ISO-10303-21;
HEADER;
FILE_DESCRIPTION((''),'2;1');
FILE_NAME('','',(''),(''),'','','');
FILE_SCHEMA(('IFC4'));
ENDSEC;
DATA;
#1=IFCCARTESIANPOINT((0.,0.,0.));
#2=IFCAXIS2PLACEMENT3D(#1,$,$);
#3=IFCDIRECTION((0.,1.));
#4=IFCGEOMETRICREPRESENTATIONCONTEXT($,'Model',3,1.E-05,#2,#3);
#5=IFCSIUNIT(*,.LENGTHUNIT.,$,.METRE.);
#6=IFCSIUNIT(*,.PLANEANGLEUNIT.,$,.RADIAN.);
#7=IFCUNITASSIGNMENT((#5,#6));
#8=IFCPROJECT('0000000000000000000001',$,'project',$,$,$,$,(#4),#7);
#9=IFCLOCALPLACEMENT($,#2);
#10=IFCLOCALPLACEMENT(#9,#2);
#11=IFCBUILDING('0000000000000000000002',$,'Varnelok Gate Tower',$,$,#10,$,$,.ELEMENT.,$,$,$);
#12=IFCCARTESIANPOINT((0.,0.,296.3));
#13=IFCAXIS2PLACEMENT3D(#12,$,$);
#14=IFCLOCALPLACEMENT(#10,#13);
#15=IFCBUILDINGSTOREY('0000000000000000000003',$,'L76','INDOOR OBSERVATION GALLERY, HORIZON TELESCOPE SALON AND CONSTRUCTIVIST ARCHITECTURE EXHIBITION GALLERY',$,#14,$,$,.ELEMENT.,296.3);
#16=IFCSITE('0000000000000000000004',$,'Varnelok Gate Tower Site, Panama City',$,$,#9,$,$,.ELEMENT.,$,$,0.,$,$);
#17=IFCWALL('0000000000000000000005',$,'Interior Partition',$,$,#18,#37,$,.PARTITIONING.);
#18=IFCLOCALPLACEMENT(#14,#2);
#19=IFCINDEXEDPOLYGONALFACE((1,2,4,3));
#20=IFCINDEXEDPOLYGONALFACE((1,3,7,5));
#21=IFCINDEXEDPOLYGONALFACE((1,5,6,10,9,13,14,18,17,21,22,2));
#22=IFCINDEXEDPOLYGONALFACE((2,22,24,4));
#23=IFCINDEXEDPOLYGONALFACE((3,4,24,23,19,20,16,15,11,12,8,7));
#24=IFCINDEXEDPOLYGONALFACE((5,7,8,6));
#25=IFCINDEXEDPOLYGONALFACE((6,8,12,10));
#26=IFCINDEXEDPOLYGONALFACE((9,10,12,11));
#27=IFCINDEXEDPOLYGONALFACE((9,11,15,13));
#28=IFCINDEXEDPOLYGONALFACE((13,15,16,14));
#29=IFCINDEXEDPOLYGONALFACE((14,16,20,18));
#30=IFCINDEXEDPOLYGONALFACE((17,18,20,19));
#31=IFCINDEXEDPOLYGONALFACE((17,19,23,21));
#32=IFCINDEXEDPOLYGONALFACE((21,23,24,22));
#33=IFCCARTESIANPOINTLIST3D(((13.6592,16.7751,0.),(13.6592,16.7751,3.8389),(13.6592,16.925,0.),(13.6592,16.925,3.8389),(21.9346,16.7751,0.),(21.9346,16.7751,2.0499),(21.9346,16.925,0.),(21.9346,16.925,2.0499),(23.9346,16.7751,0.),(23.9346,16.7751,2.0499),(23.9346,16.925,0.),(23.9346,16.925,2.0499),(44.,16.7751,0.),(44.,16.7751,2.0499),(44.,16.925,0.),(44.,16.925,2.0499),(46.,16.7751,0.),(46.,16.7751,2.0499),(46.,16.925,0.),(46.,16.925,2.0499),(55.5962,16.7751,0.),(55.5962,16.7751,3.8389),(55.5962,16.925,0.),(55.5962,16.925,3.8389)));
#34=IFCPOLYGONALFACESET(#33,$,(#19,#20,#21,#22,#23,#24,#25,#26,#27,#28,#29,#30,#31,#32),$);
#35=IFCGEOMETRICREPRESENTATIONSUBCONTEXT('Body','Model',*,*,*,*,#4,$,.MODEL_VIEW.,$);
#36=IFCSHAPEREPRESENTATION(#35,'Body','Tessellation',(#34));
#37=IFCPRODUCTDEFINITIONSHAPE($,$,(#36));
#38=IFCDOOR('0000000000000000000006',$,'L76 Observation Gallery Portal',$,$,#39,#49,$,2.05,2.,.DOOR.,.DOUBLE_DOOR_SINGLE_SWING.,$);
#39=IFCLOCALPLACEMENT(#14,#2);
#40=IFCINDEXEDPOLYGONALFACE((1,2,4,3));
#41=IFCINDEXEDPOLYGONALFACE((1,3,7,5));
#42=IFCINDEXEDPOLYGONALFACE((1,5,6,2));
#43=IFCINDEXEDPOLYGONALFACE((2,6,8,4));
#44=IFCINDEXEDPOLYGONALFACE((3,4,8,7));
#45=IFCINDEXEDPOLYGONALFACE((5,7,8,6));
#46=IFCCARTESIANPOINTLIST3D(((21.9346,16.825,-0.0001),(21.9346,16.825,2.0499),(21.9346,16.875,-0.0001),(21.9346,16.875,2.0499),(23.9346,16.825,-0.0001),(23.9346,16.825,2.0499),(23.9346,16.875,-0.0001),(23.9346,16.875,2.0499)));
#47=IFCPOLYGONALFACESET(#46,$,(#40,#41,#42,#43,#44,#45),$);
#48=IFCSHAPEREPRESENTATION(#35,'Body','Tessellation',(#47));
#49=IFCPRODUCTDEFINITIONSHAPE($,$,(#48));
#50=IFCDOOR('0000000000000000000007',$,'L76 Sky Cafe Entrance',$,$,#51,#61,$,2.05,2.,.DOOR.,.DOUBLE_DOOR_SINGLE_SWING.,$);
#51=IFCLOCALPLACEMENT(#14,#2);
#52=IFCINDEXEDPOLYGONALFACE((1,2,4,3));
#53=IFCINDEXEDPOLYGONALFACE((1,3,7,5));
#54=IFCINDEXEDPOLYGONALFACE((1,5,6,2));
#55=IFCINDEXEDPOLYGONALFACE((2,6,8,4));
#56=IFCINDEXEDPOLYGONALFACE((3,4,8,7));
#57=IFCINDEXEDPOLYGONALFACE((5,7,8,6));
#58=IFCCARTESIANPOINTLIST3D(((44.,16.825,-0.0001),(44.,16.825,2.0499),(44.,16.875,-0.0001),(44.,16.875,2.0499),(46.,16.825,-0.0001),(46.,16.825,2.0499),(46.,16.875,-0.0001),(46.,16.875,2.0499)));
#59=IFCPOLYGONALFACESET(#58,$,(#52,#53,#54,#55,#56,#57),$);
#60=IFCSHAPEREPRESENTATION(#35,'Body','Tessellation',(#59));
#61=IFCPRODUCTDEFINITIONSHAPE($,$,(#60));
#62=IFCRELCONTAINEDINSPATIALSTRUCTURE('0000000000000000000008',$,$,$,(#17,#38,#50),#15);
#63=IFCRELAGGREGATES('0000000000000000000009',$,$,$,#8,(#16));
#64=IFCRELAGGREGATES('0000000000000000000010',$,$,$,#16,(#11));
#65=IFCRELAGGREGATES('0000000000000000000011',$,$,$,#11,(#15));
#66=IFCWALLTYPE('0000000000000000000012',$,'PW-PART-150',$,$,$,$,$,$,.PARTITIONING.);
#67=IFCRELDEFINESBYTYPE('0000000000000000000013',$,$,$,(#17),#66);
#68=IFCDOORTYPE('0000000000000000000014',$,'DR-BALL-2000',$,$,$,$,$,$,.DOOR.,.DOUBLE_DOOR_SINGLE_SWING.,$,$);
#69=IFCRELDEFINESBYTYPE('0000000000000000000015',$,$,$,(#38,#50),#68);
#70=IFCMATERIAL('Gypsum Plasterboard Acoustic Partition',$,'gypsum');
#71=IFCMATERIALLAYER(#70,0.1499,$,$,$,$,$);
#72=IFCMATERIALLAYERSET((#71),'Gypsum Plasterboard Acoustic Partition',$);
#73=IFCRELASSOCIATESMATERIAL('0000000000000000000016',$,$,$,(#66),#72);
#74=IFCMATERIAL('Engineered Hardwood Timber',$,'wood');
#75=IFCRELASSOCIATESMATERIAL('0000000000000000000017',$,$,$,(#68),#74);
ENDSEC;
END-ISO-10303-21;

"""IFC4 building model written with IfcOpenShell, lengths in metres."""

from ifc_helpers import new_model, si_unit, direction, frame, frame_2d, origin, place, context, subcontext, project, spatial, rectangle, extrude, material, layer, layer_set, type_object, element, fill, save


model = new_model("IFC4")

# Units and contexts
model_context = context("Model", 3, precision=1e-05, world=origin(), true_north=direction((0.0, 1.0)))
body_context = subcontext(model_context, "Body", "Model", "MODEL_VIEW")
ifc_project = project(units=[si_unit("LENGTHUNIT", "METRE"), si_unit("PLANEANGLEUNIT", "RADIAN")], contexts=[model_context])

# Site, building, storey
site_placement = place(None, origin())
site = spatial("IfcSite", under=ifc_project, at=site_placement, Name="Varnelok Gate Tower Site, Panama City", CompositionType="ELEMENT", RefElevation=0.0)
building_placement = place(site_placement, origin())
building = spatial("IfcBuilding", under=site, at=building_placement, Name="Varnelok Gate Tower", CompositionType="ELEMENT")
storey_placement = place(building_placement, frame((0.0, 0.0, 296.3)))
storey = spatial("IfcBuildingStorey", under=building, at=storey_placement, Name="L76", Description="INDOOR OBSERVATION GALLERY, HORIZON TELESCOPE SALON AND CONSTRUCTIVIST ARCHITECTURE EXHIBITION GALLERY", CompositionType="ELEMENT", Elevation=296.3)

# Wall, openings, doors
ifc_material_1 = material(Name="Gypsum Plasterboard Acoustic Partition", Category="gypsum")
ifc_layer_1 = layer(ifc_material_1, 0.1499)
ifc_layer_set_1 = layer_set([ifc_layer_1], Name="Gypsum Plasterboard Acoustic Partition")
wall_type = type_object("IfcWallType", Name="PW-PART-150", PredefinedType="PARTITIONING", material=ifc_layer_set_1)
wall_placement = place(storey_placement, frame((13.6592, 16.8501, 0.0), z_axis=(0.0, 0.0, 1.0), x_axis=(1.0, 0.0, 0.0)))
wall = element("IfcWall", 1, at=wall_placement, inside=storey, type_object=wall_type, Name="Interior Partition", PredefinedType="PARTITIONING", context=body_context, shape_type="SweptSolid", body=[
    extrude(rectangle(XDim=41.937, YDim=0.1499, at=frame_2d((20.9685, 0.0))), origin(), (0.0, 0.0, 1.0), 3.8389),
])
opening_1_placement = place(wall_placement, frame((8.2754, 0.0, 0.0)))
opening_1 = element("IfcOpeningElement", 2, at=opening_1_placement, cuts=wall, PredefinedType="OPENING", context=body_context, shape_type="SweptSolid", body=[
    extrude(rectangle(XDim=2.0, YDim=2.05, at=frame_2d((1.0, 1.0249))), frame((0.0, 0.085, 0.0), z_axis=(0.0, -1.0, 0.0), x_axis=(1.0, 0.0, 0.0)), (0.0, 0.0, 1.0), 0.1699),
])
opening_2_placement = place(wall_placement, frame((30.3408, 0.0, 0.0)))
opening_2 = element("IfcOpeningElement", 3, at=opening_2_placement, cuts=wall, PredefinedType="OPENING", context=body_context, shape_type="SweptSolid", body=[
    extrude(rectangle(XDim=2.0, YDim=2.05, at=frame_2d((1.0, 1.0249))), frame((0.0, 0.085, 0.0), z_axis=(0.0, -1.0, 0.0), x_axis=(1.0, 0.0, 0.0)), (0.0, 0.0, 1.0), 0.1699),
])
ifc_material_2 = material(Name="Engineered Hardwood Timber", Category="wood")
door_type = type_object("IfcDoorType", Name="DR-BALL-2000", OperationType="DOUBLE_DOOR_SINGLE_SWING", PredefinedType="DOOR", material=ifc_material_2)
door_1_placement = place(opening_1_placement, origin())
door_1 = element("IfcDoor", 4, at=door_1_placement, inside=storey, type_object=door_type, Name="L76 Observation Gallery Portal", OperationType="DOUBLE_DOOR_SINGLE_SWING", OverallHeight=2.05, OverallWidth=2.0, PredefinedType="DOOR", context=body_context, shape_type="SweptSolid", body=[
    extrude(rectangle(XDim=2.0, YDim=2.05, at=frame_2d((1.0, 1.0249))), frame((0.0, 0.0249, 0.0), z_axis=(0.0, -1.0, 0.0), x_axis=(1.0, 0.0, 0.0)), (0.0, 0.0, 1.0), 0.05),
])
fill(opening_1, door_1)
door_2_placement = place(opening_2_placement, origin())
door_2 = element("IfcDoor", 5, at=door_2_placement, inside=storey, type_object=door_type, Name="L76 Sky Cafe Entrance", OperationType="DOUBLE_DOOR_SINGLE_SWING", OverallHeight=2.05, OverallWidth=2.0, PredefinedType="DOOR", context=body_context, shape_type="SweptSolid", body=[
    extrude(rectangle(XDim=2.0, YDim=2.05, at=frame_2d((1.0, 1.0249))), frame((0.0, 0.0249, 0.0), z_axis=(0.0, -1.0, 0.0), x_axis=(1.0, 0.0, 0.0)), (0.0, 0.0, 1.0), 0.05),
])
fill(opening_2, door_2)

save(model, "model.ifc")
